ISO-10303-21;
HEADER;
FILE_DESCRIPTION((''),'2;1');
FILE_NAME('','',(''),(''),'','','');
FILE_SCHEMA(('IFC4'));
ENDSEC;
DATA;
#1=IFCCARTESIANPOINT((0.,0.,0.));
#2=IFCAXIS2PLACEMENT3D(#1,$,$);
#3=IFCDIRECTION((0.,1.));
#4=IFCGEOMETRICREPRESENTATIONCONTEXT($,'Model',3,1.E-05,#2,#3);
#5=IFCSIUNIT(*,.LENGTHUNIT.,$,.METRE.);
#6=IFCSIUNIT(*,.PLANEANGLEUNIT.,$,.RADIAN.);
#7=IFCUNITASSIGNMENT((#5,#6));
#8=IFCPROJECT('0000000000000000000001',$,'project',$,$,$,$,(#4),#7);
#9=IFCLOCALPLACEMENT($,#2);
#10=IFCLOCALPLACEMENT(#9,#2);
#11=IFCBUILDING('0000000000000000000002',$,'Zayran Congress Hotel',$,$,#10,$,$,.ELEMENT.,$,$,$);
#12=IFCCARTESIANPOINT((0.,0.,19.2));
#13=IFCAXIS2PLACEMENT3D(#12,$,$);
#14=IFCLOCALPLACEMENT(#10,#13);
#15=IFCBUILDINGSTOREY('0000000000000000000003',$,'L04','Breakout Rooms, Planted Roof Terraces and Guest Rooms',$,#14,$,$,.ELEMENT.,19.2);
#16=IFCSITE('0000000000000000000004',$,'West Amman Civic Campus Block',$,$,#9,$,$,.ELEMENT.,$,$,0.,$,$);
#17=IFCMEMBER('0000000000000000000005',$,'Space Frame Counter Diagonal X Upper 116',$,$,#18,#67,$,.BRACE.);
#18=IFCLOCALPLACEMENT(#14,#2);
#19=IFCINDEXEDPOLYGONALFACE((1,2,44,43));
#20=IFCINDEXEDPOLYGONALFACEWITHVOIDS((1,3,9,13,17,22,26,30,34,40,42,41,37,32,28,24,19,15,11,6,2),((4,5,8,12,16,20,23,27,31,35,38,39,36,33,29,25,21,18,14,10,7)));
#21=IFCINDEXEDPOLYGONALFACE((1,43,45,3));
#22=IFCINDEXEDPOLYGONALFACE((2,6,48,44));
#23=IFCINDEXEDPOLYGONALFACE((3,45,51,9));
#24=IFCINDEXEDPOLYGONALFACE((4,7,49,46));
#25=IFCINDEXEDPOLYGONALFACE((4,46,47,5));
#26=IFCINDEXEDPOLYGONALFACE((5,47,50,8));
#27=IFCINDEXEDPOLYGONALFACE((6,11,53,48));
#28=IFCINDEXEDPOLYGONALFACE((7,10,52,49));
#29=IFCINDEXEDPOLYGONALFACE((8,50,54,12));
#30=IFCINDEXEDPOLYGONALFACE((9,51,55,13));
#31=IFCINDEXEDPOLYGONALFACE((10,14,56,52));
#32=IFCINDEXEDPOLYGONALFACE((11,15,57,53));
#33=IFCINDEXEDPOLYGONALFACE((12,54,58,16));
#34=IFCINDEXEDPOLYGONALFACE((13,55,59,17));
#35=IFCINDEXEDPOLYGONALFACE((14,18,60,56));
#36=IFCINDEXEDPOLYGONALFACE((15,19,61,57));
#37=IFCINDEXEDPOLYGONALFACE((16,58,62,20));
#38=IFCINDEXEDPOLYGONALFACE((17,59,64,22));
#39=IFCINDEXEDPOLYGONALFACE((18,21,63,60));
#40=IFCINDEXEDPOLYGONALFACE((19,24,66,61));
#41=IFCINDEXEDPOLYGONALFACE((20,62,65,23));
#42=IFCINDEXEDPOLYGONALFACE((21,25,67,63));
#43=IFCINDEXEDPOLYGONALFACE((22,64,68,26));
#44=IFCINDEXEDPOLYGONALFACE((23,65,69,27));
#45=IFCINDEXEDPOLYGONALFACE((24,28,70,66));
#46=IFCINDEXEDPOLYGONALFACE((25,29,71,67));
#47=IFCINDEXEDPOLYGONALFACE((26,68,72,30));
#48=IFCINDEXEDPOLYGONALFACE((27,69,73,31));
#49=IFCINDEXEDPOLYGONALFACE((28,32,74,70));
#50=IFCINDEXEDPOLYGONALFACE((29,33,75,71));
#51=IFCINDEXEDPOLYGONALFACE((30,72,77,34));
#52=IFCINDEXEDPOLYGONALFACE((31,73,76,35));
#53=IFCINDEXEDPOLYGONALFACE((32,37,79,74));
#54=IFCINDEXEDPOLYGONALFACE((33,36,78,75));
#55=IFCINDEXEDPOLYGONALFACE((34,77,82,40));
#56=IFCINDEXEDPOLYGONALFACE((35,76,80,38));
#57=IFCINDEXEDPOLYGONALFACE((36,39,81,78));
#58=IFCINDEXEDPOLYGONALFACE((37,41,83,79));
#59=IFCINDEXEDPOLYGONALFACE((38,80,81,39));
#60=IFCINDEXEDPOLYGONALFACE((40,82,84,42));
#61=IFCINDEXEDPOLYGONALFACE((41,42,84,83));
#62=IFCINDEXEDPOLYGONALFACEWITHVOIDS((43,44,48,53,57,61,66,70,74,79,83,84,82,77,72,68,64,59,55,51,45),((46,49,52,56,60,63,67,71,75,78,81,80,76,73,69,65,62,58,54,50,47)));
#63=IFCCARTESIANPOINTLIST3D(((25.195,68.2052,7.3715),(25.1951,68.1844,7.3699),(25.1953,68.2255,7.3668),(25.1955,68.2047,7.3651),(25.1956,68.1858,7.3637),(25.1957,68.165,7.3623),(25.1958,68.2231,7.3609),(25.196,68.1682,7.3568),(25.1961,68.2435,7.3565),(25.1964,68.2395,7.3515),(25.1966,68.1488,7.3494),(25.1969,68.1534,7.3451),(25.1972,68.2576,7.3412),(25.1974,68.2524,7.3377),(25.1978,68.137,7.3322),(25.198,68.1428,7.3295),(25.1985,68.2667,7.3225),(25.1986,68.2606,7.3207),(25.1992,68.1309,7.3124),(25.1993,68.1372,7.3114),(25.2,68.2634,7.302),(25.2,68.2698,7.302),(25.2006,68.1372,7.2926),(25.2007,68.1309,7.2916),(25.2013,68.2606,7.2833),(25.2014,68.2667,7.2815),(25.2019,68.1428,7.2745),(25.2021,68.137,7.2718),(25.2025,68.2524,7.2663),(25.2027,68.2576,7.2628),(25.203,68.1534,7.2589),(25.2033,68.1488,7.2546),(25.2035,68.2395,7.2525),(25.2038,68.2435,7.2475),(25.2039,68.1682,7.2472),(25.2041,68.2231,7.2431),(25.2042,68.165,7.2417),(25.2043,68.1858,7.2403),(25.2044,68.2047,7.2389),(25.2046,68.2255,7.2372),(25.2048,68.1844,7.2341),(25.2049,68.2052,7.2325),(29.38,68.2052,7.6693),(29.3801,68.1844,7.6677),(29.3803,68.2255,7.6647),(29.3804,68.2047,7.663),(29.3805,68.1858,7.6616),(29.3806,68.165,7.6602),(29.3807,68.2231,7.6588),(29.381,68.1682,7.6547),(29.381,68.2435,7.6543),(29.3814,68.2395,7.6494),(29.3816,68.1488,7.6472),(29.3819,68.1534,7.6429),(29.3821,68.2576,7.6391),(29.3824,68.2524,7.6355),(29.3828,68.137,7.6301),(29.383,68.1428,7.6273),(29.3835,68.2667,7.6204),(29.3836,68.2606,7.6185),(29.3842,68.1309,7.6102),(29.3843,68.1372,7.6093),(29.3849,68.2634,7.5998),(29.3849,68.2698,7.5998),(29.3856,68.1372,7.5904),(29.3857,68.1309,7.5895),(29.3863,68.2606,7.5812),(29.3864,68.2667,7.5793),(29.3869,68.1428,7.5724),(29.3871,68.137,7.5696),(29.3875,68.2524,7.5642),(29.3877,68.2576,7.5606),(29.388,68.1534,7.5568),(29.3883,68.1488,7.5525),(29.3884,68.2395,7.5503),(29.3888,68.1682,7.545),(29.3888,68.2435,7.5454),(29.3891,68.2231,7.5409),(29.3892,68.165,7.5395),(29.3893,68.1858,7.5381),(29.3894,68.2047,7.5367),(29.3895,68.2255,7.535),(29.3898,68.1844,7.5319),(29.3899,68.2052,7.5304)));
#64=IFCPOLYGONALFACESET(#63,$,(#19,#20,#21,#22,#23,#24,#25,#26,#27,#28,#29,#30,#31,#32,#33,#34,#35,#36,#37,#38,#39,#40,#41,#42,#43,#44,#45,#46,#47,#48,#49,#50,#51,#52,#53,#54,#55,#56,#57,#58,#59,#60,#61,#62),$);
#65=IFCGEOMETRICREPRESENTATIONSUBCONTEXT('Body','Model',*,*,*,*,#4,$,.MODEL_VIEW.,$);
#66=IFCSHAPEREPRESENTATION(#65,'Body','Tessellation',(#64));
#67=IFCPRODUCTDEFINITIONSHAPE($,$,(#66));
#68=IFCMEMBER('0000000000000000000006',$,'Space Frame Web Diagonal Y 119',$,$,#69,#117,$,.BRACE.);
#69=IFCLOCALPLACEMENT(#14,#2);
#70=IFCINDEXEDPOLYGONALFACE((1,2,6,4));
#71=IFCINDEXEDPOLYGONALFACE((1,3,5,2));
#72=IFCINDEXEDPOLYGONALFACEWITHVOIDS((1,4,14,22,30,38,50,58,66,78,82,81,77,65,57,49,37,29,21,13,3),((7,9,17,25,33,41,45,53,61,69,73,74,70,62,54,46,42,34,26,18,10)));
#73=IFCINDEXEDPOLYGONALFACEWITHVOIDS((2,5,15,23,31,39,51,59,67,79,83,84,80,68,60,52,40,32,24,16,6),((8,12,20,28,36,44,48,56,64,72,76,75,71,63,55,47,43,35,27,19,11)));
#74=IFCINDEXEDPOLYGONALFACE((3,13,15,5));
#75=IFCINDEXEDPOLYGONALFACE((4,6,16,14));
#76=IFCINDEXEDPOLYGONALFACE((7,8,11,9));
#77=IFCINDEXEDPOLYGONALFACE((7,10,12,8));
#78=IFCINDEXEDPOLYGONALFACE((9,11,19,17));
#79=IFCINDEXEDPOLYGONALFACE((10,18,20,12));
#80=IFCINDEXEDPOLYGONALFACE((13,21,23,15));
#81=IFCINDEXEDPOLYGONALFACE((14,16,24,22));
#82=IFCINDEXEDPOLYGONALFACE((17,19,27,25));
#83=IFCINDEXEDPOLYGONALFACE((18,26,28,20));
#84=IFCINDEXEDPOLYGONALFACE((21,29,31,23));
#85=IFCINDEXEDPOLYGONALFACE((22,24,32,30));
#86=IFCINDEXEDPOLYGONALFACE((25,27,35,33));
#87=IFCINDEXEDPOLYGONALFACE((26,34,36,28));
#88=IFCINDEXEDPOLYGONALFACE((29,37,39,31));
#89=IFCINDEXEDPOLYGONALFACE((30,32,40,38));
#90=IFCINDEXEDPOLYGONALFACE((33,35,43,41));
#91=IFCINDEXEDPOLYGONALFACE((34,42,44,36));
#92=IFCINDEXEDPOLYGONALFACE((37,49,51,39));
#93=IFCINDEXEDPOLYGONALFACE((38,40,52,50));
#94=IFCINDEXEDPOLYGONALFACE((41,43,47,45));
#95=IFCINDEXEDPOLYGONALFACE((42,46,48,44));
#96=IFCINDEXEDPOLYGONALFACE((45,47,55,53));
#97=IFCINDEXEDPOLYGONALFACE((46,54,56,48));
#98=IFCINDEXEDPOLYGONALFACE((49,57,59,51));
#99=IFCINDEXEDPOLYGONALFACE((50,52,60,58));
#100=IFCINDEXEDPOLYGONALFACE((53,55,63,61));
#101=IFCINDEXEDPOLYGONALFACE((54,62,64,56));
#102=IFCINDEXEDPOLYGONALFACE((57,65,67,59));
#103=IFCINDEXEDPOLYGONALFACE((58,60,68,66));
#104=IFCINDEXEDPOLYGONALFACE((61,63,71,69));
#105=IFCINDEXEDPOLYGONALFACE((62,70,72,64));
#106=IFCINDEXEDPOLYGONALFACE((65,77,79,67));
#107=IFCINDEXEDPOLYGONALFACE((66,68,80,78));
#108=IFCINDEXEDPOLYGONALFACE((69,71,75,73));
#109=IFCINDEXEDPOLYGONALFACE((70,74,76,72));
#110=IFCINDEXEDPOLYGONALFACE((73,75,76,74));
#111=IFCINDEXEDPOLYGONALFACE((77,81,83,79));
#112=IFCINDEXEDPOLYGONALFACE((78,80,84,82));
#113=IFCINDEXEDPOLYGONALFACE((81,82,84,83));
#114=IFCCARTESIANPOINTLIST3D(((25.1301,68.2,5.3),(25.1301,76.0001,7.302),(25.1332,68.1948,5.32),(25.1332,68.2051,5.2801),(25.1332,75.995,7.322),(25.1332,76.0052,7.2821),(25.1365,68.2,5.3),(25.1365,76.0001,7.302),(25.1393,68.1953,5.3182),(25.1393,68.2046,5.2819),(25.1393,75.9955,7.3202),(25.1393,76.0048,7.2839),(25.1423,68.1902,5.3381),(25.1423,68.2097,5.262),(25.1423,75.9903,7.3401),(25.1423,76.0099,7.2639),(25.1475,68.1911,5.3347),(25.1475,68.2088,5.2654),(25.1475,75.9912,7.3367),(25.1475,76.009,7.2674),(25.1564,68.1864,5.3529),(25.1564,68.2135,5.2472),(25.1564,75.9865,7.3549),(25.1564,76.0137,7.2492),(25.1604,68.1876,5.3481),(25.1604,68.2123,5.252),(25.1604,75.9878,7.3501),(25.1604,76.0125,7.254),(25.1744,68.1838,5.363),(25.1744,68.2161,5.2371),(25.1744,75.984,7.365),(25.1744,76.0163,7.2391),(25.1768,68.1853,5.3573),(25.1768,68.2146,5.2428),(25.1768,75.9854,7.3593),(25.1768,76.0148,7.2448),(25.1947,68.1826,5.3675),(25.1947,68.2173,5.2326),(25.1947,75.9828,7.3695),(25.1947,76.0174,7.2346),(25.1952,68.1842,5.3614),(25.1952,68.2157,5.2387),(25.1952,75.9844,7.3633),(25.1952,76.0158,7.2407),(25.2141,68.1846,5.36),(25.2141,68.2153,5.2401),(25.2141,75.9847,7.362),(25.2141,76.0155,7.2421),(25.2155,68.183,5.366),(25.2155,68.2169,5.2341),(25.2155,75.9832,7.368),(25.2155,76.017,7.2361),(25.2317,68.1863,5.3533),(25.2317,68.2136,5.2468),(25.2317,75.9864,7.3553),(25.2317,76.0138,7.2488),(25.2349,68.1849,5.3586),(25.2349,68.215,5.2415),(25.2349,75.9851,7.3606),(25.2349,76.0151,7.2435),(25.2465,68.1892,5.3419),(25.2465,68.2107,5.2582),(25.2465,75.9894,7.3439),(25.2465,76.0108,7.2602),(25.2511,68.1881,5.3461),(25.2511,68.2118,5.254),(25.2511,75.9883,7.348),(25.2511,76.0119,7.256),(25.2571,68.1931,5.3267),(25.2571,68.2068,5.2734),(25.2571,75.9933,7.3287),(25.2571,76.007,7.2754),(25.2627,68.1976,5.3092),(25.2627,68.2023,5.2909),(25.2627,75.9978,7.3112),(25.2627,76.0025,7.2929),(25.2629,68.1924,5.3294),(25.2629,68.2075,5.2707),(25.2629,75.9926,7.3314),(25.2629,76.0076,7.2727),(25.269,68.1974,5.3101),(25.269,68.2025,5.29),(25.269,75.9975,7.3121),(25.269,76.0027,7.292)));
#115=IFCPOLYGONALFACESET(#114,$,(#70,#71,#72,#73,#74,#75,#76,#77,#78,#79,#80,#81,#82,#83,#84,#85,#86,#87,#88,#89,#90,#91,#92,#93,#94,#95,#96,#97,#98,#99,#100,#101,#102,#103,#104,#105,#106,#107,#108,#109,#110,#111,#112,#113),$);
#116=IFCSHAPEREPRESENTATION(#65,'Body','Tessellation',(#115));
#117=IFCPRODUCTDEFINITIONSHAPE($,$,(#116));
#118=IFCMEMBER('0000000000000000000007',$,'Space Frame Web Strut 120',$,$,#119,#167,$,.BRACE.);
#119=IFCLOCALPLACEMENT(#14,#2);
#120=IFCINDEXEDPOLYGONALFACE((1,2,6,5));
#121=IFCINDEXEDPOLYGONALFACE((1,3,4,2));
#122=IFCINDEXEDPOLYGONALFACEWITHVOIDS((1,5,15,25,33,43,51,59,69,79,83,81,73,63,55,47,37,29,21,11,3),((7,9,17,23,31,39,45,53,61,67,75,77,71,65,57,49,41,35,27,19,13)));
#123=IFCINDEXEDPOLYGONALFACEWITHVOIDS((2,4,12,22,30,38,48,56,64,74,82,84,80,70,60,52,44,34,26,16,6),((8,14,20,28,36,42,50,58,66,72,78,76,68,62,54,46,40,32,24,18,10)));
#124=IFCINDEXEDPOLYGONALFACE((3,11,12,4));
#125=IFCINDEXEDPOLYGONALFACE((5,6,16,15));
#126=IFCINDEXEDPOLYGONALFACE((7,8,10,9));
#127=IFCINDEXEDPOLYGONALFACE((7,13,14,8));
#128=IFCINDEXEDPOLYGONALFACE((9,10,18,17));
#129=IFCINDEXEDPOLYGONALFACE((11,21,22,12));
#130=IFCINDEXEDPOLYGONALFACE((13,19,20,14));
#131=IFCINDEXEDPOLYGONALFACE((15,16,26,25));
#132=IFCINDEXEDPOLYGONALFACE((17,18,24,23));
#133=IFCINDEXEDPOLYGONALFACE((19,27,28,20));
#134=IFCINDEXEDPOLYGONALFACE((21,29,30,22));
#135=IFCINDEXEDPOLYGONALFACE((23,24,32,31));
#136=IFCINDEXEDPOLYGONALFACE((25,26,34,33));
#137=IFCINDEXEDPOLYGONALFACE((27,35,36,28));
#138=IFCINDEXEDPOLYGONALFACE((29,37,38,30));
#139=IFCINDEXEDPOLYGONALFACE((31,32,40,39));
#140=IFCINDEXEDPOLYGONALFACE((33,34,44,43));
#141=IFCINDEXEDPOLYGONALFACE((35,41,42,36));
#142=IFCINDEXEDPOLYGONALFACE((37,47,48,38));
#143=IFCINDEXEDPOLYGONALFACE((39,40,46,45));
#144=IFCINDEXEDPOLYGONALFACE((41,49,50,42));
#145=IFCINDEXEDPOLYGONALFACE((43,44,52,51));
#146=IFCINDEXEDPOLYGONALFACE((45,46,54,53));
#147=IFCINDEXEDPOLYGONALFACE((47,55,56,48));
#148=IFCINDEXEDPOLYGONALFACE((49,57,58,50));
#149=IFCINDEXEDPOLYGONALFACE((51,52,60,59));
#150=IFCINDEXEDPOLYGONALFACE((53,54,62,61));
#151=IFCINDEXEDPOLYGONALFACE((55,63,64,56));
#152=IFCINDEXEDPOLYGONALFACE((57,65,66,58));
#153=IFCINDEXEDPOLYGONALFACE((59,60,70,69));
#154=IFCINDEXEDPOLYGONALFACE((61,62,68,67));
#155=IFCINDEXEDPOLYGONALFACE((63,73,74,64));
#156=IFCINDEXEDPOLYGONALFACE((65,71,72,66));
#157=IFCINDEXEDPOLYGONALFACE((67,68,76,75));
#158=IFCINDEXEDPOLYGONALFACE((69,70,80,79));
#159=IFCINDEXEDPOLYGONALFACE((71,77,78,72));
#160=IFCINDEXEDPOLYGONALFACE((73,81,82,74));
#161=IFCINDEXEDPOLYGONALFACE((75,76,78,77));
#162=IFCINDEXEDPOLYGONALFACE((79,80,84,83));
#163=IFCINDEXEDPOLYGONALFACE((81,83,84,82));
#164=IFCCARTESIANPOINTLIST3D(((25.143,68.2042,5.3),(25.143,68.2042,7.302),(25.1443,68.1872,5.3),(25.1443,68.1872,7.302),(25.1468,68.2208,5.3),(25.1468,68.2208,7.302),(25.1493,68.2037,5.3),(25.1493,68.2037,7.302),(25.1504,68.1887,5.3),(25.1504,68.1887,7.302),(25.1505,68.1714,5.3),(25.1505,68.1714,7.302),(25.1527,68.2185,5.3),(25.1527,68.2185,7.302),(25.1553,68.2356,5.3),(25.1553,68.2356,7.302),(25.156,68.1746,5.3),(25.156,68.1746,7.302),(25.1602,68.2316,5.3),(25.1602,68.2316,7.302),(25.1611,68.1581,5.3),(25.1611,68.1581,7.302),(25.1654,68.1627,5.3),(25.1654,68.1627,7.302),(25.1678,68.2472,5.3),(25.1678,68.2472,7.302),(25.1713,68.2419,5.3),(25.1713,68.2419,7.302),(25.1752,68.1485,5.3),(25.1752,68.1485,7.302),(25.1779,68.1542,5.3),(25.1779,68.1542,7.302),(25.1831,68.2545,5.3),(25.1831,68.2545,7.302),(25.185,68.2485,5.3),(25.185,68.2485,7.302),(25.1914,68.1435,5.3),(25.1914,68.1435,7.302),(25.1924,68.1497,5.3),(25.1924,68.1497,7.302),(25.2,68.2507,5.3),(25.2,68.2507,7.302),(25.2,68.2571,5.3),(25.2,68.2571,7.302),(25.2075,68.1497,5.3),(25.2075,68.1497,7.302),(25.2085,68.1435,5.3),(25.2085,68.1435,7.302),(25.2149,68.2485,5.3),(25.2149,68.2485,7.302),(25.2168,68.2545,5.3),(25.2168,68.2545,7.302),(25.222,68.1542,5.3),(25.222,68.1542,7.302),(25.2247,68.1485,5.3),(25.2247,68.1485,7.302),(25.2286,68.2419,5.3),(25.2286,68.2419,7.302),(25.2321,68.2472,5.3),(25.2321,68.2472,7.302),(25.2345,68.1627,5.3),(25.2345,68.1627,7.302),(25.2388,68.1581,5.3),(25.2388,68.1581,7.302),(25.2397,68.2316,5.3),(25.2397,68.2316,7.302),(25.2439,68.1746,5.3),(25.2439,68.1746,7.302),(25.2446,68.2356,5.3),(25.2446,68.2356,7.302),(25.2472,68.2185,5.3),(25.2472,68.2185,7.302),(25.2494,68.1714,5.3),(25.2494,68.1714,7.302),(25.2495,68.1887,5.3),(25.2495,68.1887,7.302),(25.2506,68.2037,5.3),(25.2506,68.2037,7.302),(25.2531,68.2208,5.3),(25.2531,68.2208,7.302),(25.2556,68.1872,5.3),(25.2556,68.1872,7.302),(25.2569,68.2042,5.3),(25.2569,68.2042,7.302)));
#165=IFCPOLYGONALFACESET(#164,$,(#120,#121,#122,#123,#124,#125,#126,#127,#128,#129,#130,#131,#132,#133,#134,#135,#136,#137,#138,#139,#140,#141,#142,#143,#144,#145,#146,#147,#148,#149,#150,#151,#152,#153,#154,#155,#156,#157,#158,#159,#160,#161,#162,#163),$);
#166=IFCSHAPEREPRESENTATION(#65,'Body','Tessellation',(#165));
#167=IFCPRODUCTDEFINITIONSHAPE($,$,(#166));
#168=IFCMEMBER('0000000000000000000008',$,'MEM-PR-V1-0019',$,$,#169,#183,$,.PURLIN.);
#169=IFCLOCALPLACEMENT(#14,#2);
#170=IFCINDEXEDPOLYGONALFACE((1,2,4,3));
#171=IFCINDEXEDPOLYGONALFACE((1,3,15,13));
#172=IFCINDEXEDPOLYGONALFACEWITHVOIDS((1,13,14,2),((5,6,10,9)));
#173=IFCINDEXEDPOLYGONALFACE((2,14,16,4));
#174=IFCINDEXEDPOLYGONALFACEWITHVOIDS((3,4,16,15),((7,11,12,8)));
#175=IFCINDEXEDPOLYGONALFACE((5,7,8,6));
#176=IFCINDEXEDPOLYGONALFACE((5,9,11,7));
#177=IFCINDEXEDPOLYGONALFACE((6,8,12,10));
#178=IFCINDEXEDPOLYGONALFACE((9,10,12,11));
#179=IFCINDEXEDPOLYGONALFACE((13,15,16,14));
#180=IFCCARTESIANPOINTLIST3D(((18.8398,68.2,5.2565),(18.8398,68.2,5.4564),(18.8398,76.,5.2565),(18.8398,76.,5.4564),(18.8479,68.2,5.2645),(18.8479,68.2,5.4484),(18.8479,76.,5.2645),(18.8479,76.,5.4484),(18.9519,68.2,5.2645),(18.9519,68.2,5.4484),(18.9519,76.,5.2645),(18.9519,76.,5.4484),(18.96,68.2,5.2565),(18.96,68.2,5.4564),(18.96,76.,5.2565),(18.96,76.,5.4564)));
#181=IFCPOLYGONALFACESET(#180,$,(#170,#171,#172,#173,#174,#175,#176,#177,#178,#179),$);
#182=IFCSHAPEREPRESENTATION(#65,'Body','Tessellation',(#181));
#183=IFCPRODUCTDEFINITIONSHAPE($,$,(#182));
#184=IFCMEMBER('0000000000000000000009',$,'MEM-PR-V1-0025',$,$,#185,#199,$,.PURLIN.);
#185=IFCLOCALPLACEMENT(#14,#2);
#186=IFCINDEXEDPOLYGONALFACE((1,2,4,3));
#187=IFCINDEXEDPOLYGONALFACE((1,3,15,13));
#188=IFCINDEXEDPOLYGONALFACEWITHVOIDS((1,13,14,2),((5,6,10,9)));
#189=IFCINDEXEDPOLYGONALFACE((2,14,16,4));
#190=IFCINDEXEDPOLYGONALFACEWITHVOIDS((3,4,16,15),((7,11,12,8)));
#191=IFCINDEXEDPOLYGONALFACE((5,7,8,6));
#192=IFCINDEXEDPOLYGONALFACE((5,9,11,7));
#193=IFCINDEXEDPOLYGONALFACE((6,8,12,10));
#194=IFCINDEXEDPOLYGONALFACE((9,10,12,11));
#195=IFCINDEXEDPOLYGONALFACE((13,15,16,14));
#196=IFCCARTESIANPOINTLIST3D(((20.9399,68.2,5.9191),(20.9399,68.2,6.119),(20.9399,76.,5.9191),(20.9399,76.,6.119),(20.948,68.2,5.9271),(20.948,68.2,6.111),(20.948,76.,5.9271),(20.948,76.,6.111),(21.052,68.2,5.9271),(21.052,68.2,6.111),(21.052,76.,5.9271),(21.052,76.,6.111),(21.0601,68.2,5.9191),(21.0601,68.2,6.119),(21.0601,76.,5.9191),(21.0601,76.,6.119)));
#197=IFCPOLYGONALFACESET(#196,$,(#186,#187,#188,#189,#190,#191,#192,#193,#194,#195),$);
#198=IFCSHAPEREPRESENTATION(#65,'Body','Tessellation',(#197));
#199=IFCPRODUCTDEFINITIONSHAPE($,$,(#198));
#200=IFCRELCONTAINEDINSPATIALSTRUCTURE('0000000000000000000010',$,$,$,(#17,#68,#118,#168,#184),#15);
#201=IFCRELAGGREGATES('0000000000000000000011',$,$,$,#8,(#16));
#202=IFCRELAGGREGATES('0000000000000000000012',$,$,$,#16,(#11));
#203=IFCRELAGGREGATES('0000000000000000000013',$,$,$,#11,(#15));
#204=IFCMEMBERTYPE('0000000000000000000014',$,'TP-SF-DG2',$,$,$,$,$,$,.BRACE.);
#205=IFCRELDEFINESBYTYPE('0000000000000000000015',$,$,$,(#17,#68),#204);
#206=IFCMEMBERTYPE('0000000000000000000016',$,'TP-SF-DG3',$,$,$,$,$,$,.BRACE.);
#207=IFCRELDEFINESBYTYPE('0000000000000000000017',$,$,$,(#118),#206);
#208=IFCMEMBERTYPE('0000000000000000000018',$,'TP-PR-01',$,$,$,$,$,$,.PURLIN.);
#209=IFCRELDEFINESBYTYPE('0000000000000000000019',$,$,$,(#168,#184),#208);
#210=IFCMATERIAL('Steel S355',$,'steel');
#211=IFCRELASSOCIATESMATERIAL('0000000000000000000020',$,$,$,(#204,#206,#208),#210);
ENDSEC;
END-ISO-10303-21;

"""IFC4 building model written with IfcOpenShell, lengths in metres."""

from ifc_helpers import new_model, si_unit, direction, frame, origin, origin_2d, place, context, subcontext, project, spatial, hollow_rectangle, hollow_circle, extrude, material, material_profile, profile_set, type_object, element, save


model = new_model("IFC4")

# Units and contexts
model_context = context("Model", 3, precision=1e-05, world=origin(), true_north=direction((0.0, 1.0)))
body_context = subcontext(model_context, "Body", "Model", "MODEL_VIEW")
ifc_project = project(units=[si_unit("LENGTHUNIT", "METRE"), si_unit("PLANEANGLEUNIT", "RADIAN")], contexts=[model_context])

# Site, building, storey
site_placement = place(None, origin())
site = spatial("IfcSite", under=ifc_project, at=site_placement, Name="West Amman Civic Campus Block", CompositionType="ELEMENT", RefElevation=0.0)
building_placement = place(site_placement, origin())
building = spatial("IfcBuilding", under=site, at=building_placement, Name="Zayran Congress Hotel", CompositionType="ELEMENT")
storey_placement = place(building_placement, frame((0.0, 0.0, 19.2)))
storey = spatial("IfcBuildingStorey", under=building, at=storey_placement, Name="L04", Description="Breakout Rooms, Planted Roof Terraces and Guest Rooms", CompositionType="ELEMENT", Elevation=19.2)

# Shared definitions
ifc_material = material(Name="Steel S355", Category="steel")

# Members
ifc_material_profile_1 = material_profile(ifc_material, hollow_circle(Radius=0.0698, WallThickness=0.0063, at=origin_2d()), Name="CHS 139.7x6.3")
ifc_profile_set_1 = profile_set([ifc_material_profile_1], Name="Steel S355")
member_type_1 = type_object("IfcMemberType", Name="TP-SF-DG2", PredefinedType="BRACE", material=ifc_profile_set_1)
member_1_placement = place(storey_placement, frame((25.2, 68.2, 7.302), z_axis=(0.997477, 0.0, 0.070991), x_axis=(0.0, 1.0, 0.0)))
element("IfcMember", 1, at=member_1_placement, inside=storey, type_object=member_type_1, Name="Space Frame Counter Diagonal X Upper 116", PredefinedType="BRACE", context=body_context, shape_type="SweptSolid", body=[
    extrude(hollow_circle(Radius=0.0698, WallThickness=0.0063, at=origin_2d()), origin(), (0.0, 0.0, 1.0), 4.1956),
])
member_2_placement = place(storey_placement, frame((25.2, 68.2, 5.3), z_axis=(0.0, 0.968606, 0.248601), x_axis=(-1.0, 0.0, 0.0)))
element("IfcMember", 2, at=member_2_placement, inside=storey, type_object=member_type_1, Name="Space Frame Web Diagonal Y 119", PredefinedType="BRACE", context=body_context, shape_type="SweptSolid", body=[
    extrude(hollow_circle(Radius=0.0698, WallThickness=0.0063, at=origin_2d()), origin(), (0.0, 0.0, 1.0), 8.053),
])
ifc_material_profile_2 = material_profile(ifc_material, hollow_circle(Radius=0.0571, WallThickness=0.0063, at=origin_2d()), Name="CHS 114.3x6.3")
ifc_profile_set_2 = profile_set([ifc_material_profile_2], Name="Steel S355")
member_type_2 = type_object("IfcMemberType", Name="TP-SF-DG3", PredefinedType="BRACE", material=ifc_profile_set_2)
member_3_placement = place(storey_placement, frame((25.2, 68.2, 5.3), z_axis=(0.0, 0.0, 1.0), x_axis=(0.0, 1.0, 0.0)))
element("IfcMember", 3, at=member_3_placement, inside=storey, type_object=member_type_2, Name="Space Frame Web Strut 120", PredefinedType="BRACE", context=body_context, shape_type="SweptSolid", body=[
    extrude(hollow_circle(Radius=0.0571, WallThickness=0.0063, at=origin_2d()), origin(), (0.0, 0.0, 1.0), 2.002),
])
ifc_material_profile_3 = material_profile(ifc_material, hollow_rectangle(XDim=0.1201, YDim=0.2, WallThickness=0.0081, at=origin_2d()), Name="RHS 200x120x8")
ifc_profile_set_3 = profile_set([ifc_material_profile_3], Name="Steel S355")
member_type_3 = type_object("IfcMemberType", Name="TP-PR-01", PredefinedType="PURLIN", material=ifc_profile_set_3)
for number, where, z_axis, x_axis, name in (
    (4, (18.8999, 68.2, 5.3564), (0.0, 1.0, 0.0), (-1.0, 0.0, 0.0), "MEM-PR-V1-0019"),
    (5, (21.0, 68.2, 6.019), (0.0, 1.0, 0.0), (-1.0, 0.0, 0.0), "MEM-PR-V1-0025"),
):
    element("IfcMember", number, at=place(storey_placement, frame(where, z_axis=z_axis, x_axis=x_axis)), inside=storey, type_object=member_type_3, Name=name, PredefinedType="PURLIN", context=body_context, shape_type="SweptSolid", body=[
        extrude(hollow_rectangle(XDim=0.1201, YDim=0.2, WallThickness=0.0081, at=origin_2d()), origin(), (0.0, 0.0, 1.0), 7.8),
    ])

save(model, "model.ifc")
